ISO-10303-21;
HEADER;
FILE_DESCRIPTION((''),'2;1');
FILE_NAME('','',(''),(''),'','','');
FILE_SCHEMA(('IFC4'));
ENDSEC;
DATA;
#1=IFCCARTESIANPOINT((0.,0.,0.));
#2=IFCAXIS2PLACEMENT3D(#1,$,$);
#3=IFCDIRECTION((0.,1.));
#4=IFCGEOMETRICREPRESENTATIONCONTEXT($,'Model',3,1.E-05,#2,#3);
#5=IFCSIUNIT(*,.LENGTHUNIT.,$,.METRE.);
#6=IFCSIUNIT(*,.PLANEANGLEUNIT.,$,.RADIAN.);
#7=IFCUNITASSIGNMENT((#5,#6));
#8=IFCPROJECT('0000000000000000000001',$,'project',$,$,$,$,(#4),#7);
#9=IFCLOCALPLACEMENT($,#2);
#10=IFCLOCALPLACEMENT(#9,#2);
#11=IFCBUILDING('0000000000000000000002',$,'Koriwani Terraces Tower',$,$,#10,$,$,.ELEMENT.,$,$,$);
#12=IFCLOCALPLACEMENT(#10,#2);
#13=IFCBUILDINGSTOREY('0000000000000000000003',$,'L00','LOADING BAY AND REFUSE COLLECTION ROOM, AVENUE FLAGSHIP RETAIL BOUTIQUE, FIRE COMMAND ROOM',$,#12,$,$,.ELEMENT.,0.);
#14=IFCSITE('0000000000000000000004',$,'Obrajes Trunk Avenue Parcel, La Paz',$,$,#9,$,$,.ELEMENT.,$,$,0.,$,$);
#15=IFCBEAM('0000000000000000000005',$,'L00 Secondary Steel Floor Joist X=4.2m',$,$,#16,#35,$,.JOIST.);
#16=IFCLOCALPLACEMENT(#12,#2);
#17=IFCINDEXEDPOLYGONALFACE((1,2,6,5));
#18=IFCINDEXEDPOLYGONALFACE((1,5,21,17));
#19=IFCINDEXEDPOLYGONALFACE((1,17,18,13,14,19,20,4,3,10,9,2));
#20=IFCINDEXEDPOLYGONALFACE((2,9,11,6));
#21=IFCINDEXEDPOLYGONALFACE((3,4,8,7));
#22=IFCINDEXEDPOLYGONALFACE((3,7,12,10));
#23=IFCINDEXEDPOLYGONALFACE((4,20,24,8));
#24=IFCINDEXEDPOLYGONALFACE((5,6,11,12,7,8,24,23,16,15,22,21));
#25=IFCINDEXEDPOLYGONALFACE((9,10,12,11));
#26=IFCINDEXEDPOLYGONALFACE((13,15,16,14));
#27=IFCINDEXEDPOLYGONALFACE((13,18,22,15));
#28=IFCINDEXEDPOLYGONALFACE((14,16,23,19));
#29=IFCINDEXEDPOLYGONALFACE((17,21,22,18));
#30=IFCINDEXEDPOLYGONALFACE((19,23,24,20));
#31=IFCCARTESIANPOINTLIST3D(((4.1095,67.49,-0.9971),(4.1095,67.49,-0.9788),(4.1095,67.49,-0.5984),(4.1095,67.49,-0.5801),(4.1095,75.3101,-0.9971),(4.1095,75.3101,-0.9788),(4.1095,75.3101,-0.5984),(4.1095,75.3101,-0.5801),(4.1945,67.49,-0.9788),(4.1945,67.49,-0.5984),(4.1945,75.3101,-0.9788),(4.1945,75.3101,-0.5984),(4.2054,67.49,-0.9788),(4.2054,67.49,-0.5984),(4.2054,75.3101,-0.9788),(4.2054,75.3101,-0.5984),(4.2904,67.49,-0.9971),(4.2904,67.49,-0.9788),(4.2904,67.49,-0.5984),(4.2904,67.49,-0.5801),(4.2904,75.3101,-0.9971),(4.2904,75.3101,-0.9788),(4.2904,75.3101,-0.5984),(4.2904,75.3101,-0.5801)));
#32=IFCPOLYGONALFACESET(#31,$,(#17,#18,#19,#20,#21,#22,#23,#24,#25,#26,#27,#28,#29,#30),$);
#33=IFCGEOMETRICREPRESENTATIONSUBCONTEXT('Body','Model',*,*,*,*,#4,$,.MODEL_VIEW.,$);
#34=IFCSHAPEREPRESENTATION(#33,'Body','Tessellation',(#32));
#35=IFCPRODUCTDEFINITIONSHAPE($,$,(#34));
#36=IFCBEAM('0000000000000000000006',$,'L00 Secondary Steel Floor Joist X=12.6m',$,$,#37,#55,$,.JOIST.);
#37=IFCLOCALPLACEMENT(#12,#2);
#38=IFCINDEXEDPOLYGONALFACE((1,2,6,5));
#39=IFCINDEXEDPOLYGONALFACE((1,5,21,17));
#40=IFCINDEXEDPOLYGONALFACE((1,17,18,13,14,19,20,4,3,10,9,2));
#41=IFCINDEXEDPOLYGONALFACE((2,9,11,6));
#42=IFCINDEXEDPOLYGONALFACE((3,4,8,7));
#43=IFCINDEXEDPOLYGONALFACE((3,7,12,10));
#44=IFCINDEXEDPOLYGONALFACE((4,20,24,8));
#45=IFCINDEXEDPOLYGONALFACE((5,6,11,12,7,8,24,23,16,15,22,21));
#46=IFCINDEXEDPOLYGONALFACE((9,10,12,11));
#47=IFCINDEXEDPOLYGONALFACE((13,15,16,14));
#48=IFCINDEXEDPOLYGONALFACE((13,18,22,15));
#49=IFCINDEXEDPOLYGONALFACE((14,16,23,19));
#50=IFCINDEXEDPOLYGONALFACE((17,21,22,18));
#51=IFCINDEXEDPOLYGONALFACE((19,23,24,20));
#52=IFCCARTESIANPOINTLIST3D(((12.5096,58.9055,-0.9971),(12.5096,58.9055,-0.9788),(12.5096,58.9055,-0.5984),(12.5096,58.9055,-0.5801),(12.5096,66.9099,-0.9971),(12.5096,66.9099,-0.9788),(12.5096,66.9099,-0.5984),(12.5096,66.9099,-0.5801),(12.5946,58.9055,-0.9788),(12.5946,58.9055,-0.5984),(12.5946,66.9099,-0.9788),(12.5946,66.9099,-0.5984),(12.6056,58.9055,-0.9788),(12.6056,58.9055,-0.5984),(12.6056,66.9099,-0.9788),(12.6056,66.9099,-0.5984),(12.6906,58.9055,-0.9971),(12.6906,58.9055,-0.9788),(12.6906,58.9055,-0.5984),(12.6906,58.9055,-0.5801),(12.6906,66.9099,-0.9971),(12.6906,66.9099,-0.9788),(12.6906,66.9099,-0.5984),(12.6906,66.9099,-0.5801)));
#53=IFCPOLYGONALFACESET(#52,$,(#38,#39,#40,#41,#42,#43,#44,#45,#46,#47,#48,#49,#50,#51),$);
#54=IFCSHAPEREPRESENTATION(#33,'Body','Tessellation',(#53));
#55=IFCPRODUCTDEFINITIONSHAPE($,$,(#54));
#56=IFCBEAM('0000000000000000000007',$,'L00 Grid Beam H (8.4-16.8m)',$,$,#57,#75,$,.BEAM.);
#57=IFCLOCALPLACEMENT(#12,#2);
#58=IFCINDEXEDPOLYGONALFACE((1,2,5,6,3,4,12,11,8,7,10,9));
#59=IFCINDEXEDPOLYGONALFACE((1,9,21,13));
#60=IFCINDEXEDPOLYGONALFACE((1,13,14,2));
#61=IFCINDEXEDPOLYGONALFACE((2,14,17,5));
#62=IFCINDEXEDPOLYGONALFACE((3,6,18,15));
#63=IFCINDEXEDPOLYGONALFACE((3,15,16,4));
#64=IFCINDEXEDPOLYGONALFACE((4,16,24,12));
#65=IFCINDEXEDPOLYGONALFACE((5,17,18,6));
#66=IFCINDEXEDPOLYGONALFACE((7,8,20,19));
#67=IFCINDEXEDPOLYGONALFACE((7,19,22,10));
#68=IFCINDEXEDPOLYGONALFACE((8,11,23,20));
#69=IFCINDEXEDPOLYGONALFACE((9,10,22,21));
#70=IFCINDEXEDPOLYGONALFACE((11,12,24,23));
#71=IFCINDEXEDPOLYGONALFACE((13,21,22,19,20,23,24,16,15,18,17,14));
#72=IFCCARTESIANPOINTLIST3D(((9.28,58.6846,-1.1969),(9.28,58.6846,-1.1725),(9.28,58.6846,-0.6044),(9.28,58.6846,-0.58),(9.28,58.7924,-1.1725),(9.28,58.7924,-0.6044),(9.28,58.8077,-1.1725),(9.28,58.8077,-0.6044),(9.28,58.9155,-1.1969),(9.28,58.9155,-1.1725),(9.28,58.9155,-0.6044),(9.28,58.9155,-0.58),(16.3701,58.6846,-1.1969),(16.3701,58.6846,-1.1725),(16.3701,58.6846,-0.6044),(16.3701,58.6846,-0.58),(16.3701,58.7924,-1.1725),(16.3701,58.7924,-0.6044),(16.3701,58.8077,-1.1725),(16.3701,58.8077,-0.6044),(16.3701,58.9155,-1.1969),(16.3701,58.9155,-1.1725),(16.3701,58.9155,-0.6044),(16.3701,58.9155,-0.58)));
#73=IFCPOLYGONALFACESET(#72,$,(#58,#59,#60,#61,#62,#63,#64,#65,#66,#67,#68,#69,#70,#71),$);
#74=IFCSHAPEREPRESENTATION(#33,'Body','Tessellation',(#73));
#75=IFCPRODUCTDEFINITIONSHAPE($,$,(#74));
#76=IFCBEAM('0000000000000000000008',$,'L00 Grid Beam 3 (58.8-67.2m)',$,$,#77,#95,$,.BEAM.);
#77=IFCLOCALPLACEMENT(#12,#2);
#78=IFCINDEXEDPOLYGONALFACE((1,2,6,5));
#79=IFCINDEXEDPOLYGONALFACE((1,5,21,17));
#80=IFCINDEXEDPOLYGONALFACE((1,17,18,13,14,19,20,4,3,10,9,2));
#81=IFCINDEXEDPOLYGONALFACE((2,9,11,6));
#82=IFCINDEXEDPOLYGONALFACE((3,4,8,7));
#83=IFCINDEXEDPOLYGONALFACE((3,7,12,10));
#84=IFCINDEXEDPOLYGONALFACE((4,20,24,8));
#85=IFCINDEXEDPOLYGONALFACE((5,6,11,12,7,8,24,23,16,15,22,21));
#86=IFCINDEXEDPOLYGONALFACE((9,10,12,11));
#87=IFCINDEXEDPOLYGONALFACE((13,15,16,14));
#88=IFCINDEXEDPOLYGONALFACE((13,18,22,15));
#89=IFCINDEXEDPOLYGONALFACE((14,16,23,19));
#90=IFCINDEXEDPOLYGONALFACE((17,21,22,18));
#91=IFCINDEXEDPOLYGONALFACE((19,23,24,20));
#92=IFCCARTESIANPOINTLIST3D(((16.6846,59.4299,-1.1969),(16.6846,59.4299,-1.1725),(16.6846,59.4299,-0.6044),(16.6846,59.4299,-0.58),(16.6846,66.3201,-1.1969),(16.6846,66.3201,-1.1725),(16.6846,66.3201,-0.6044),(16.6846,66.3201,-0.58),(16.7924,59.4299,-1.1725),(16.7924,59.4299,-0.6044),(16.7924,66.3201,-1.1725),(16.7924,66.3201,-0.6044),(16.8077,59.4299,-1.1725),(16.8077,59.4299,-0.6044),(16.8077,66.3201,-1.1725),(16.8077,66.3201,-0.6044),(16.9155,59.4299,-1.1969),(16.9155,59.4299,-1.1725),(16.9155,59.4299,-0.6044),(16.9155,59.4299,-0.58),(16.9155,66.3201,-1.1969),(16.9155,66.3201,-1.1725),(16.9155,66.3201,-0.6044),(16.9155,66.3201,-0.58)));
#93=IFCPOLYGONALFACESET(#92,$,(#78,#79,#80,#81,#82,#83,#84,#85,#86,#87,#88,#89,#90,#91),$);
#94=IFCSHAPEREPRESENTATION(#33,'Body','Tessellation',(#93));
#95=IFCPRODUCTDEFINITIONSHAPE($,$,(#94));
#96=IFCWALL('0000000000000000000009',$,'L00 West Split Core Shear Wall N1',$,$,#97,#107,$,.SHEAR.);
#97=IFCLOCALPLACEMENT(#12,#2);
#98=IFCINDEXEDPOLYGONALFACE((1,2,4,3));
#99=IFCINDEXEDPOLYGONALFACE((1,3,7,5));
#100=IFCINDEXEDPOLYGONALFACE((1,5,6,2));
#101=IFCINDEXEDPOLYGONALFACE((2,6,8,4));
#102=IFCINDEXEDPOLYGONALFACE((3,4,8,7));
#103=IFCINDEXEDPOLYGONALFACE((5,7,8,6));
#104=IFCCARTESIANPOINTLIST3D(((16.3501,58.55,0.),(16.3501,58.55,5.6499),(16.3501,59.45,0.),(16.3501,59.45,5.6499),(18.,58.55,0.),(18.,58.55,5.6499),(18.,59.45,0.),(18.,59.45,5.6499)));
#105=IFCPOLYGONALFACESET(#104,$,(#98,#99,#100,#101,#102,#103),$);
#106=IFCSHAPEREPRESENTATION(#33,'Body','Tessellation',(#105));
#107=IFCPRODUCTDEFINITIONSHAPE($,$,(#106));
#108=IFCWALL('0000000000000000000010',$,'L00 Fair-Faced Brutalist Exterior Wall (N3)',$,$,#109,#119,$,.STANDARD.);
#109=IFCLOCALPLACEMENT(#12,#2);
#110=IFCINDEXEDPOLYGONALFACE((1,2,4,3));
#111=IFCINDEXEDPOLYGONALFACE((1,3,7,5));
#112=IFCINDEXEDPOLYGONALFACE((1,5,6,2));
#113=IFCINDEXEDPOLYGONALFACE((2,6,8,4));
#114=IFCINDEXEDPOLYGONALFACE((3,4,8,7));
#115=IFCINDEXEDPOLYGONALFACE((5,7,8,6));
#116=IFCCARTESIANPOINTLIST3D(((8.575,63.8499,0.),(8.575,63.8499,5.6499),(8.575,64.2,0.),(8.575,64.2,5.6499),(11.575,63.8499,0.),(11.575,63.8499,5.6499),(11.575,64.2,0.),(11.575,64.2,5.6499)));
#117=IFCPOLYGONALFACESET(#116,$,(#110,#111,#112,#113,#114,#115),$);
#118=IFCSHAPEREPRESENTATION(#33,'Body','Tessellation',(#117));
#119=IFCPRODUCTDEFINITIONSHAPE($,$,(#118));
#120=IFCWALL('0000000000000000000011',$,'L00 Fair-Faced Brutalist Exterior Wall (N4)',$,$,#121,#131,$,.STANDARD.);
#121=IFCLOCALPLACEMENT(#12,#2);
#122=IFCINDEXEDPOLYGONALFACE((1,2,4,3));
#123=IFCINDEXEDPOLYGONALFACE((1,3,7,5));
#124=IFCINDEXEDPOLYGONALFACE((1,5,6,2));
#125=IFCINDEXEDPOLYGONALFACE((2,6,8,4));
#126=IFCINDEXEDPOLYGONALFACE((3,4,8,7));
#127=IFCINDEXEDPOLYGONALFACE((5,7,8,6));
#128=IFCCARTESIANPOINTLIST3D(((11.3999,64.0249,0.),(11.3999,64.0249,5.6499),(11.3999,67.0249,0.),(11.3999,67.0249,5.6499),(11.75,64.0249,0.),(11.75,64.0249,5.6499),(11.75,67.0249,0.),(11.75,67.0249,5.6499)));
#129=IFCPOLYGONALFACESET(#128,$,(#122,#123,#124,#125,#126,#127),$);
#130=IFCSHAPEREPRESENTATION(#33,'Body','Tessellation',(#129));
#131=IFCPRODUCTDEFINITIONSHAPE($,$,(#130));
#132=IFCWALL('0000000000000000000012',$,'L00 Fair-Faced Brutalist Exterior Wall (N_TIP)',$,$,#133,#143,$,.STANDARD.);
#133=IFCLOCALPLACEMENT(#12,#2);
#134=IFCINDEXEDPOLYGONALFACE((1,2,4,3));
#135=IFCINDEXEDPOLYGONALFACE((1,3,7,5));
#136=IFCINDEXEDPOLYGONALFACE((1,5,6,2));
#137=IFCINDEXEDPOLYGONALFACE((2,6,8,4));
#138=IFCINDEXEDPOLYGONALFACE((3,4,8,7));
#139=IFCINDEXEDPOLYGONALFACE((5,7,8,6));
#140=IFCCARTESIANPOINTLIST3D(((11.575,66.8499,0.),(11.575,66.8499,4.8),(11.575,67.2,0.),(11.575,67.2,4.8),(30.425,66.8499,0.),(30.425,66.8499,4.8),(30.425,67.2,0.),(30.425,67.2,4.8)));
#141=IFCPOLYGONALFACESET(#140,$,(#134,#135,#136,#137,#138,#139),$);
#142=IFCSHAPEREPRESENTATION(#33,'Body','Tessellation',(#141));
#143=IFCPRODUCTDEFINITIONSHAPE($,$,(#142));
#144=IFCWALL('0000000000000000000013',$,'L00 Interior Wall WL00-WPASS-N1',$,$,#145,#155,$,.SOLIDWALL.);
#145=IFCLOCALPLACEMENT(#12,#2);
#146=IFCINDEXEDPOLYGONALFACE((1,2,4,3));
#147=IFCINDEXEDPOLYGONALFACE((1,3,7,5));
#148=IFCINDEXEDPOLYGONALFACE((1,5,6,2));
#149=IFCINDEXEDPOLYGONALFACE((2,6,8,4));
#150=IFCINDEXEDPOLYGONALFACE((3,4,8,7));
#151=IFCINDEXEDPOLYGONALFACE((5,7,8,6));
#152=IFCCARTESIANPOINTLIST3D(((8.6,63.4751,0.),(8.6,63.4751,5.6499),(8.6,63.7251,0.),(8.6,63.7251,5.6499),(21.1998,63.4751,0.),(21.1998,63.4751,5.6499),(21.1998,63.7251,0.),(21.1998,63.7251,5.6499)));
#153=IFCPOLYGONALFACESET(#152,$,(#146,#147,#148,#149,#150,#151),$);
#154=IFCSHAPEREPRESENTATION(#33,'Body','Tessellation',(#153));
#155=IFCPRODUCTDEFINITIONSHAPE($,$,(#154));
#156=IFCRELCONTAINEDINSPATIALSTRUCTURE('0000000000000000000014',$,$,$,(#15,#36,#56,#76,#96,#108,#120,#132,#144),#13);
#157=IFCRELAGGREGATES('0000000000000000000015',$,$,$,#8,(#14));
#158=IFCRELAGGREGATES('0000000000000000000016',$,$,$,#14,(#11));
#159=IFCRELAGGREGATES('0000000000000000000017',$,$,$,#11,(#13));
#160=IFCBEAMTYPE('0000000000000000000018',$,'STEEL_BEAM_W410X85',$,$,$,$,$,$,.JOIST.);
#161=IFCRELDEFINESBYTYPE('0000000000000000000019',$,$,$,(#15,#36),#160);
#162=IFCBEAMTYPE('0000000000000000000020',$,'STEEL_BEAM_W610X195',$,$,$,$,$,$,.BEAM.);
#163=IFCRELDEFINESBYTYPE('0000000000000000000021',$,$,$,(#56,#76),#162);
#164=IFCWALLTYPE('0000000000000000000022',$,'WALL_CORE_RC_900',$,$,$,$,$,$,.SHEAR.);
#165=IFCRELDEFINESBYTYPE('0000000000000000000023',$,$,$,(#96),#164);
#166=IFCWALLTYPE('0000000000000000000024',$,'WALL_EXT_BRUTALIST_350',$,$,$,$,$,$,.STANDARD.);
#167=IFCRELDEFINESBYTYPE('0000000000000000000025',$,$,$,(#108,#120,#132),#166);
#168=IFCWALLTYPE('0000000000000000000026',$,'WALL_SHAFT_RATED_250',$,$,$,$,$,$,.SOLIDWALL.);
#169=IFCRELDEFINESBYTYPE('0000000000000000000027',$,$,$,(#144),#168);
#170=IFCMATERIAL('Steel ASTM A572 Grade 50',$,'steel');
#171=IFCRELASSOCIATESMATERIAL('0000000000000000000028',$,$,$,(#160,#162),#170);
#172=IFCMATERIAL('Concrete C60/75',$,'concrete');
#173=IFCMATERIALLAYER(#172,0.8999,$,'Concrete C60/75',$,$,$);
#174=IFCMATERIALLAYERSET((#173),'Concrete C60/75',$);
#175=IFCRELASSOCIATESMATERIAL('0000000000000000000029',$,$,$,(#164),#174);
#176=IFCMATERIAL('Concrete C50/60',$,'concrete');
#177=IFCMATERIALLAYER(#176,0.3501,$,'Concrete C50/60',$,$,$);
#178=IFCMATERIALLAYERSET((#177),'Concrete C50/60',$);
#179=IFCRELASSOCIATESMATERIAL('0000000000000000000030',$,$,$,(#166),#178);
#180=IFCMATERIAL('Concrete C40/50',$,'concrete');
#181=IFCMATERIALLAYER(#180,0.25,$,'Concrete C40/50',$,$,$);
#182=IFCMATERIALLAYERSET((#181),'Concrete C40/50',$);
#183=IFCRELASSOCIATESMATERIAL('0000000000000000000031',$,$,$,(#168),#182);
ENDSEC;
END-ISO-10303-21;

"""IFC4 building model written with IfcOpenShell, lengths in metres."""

from ifc_helpers import new_model, si_unit, direction, frame, frame_2d, origin, origin_2d, place, context, subcontext, project, spatial, rectangle, i_section, extrude, material, layer, layer_set, material_profile, profile_set, type_object, element, save


model = new_model("IFC4")

# Units and contexts
model_context = context("Model", 3, precision=1e-05, world=origin(), true_north=direction((0.0, 1.0)))
body_context = subcontext(model_context, "Body", "Model", "MODEL_VIEW")
ifc_project = project(units=[si_unit("LENGTHUNIT", "METRE"), si_unit("PLANEANGLEUNIT", "RADIAN")], contexts=[model_context])

# Site, building, storey
site_placement = place(None, origin())
site = spatial("IfcSite", under=ifc_project, at=site_placement, Name="Obrajes Trunk Avenue Parcel, La Paz", CompositionType="ELEMENT", RefElevation=0.0)
building_placement = place(site_placement, origin())
building = spatial("IfcBuilding", under=site, at=building_placement, Name="Koriwani Terraces Tower", CompositionType="ELEMENT")
storey_placement = place(building_placement, origin())
storey = spatial("IfcBuildingStorey", under=building, at=storey_placement, Name="L00", Description="LOADING BAY AND REFUSE COLLECTION ROOM, AVENUE FLAGSHIP RETAIL BOUTIQUE, FIRE COMMAND ROOM", CompositionType="ELEMENT", Elevation=0.0)

# Shared definitions
ifc_material_1 = material(Name="Concrete C60/75", Category="concrete")

# Beams
ifc_material_2 = material(Name="Steel ASTM A572 Grade 50", Category="steel")
ifc_material_profile_1 = material_profile(ifc_material_2, i_section(OverallWidth=0.1809, OverallDepth=0.417, WebThickness=0.011, FlangeThickness=0.0183, at=origin_2d()), Name="Steel ASTM A572 Grade 50", Category="LoadBearing")
ifc_profile_set_1 = profile_set([ifc_material_profile_1], Name="Steel ASTM A572 Grade 50")
beam_type_1 = type_object("IfcBeamType", Name="STEEL_BEAM_W410X85", PredefinedType="JOIST", material=ifc_profile_set_1)
beam_1_placement = place(storey_placement, frame((4.2, 67.49, -0.7886), z_axis=(0.0, 1.0, 0.0), x_axis=(-1.0, 0.0, 0.0)))
element("IfcBeam", 1, at=beam_1_placement, inside=storey, type_object=beam_type_1, Name="L00 Secondary Steel Floor Joist X=4.2m", PredefinedType="JOIST", context=body_context, shape_type="SweptSolid", body=[
    extrude(i_section(OverallWidth=0.1809, OverallDepth=0.417, WebThickness=0.011, FlangeThickness=0.0183, at=origin_2d()), origin(), (0.0, 0.0, 1.0), 7.8201),
])
beam_2_placement = place(storey_placement, frame((12.6001, 58.9055, -0.7886), z_axis=(0.0, 1.0, 0.0), x_axis=(-1.0, 0.0, 0.0)))
element("IfcBeam", 2, at=beam_2_placement, inside=storey, type_object=beam_type_1, Name="L00 Secondary Steel Floor Joist X=12.6m", PredefinedType="JOIST", context=body_context, shape_type="SweptSolid", body=[
    extrude(i_section(OverallWidth=0.1809, OverallDepth=0.417, WebThickness=0.011, FlangeThickness=0.0183, at=origin_2d()), origin(), (0.0, 0.0, 1.0), 8.0044),
])
ifc_material_profile_2 = material_profile(ifc_material_2, i_section(OverallWidth=0.231, OverallDepth=0.6169, WebThickness=0.0154, FlangeThickness=0.0244, at=origin_2d()), Name="Steel ASTM A572 Grade 50", Category="LoadBearing")
ifc_profile_set_2 = profile_set([ifc_material_profile_2], Name="Steel ASTM A572 Grade 50")
beam_type_2 = type_object("IfcBeamType", Name="STEEL_BEAM_W610X195", PredefinedType="BEAM", material=ifc_profile_set_2)
beam_3_placement = place(storey_placement, frame((9.28, 58.8, -0.8884), z_axis=(1.0, 0.0, 0.0), x_axis=(0.0, 1.0, 0.0)))
element("IfcBeam", 3, at=beam_3_placement, inside=storey, type_object=beam_type_2, Name="L00 Grid Beam H (8.4-16.8m)", PredefinedType="BEAM", context=body_context, shape_type="SweptSolid", body=[
    extrude(i_section(OverallWidth=0.231, OverallDepth=0.6169, WebThickness=0.0154, FlangeThickness=0.0244, at=origin_2d()), origin(), (0.0, 0.0, 1.0), 7.0901),
])
beam_4_placement = place(storey_placement, frame((16.8, 59.4299, -0.8884), z_axis=(0.0, 1.0, 0.0), x_axis=(-1.0, 0.0, 0.0)))
element("IfcBeam", 4, at=beam_4_placement, inside=storey, type_object=beam_type_2, Name="L00 Grid Beam 3 (58.8-67.2m)", PredefinedType="BEAM", context=body_context, shape_type="SweptSolid", body=[
    extrude(i_section(OverallWidth=0.231, OverallDepth=0.6169, WebThickness=0.0154, FlangeThickness=0.0244, at=origin_2d()), origin(), (0.0, 0.0, 1.0), 6.8901),
])

# Walls
ifc_layer_1 = layer(ifc_material_1, 0.8999, Name="Concrete C60/75")
ifc_layer_set_1 = layer_set([ifc_layer_1], Name="Concrete C60/75")
wall_type_1 = type_object("IfcWallType", Name="WALL_CORE_RC_900", PredefinedType="SHEAR", material=ifc_layer_set_1)
wall_1_placement = place(storey_placement, frame((16.3501, 59.0, 0.0), z_axis=(0.0, 0.0, 1.0), x_axis=(1.0, 0.0, 0.0)))
element("IfcWall", 5, at=wall_1_placement, inside=storey, type_object=wall_type_1, Name="L00 West Split Core Shear Wall N1", PredefinedType="SHEAR", context=body_context, shape_type="SweptSolid", body=[
    extrude(rectangle(XDim=1.6499, YDim=0.8999, at=frame_2d((0.825, 0.0))), origin(), (0.0, 0.0, 1.0), 5.6499),
])
ifc_material_3 = material(Name="Concrete C50/60", Category="concrete")
ifc_layer_2 = layer(ifc_material_3, 0.3501, Name="Concrete C50/60")
ifc_layer_set_2 = layer_set([ifc_layer_2], Name="Concrete C50/60")
wall_type_2 = type_object("IfcWallType", Name="WALL_EXT_BRUTALIST_350", PredefinedType="STANDARD", material=ifc_layer_set_2)
for number, where, z_axis, x_axis, name in (
    (6, (8.575, 64.0249, 0.0), (0.0, 0.0, 1.0), (1.0, 0.0, 0.0), "L00 Fair-Faced Brutalist Exterior Wall (N3)"),
    (7, (11.575, 64.0249, 0.0), (0.0, 0.0, 1.0), (0.0, 1.0, 0.0), "L00 Fair-Faced Brutalist Exterior Wall (N4)"),
):
    element("IfcWall", number, at=place(storey_placement, frame(where, z_axis=z_axis, x_axis=x_axis)), inside=storey, type_object=wall_type_2, Name=name, PredefinedType="STANDARD", context=body_context, shape_type="SweptSolid", body=[
        extrude(rectangle(XDim=3.0, YDim=0.3501, at=frame_2d((1.5, 0.0))), origin(), (0.0, 0.0, 1.0), 5.6499),
    ])
wall_2_placement = place(storey_placement, frame((11.575, 67.0249, 0.0), z_axis=(0.0, 0.0, 1.0), x_axis=(1.0, 0.0, 0.0)))
element("IfcWall", 8, at=wall_2_placement, inside=storey, type_object=wall_type_2, Name="L00 Fair-Faced Brutalist Exterior Wall (N_TIP)", PredefinedType="STANDARD", context=body_context, shape_type="SweptSolid", body=[
    extrude(rectangle(XDim=18.8501, YDim=0.3501, at=frame_2d((9.425, 0.0))), origin(), (0.0, 0.0, 1.0), 4.8),
])
ifc_material_4 = material(Name="Concrete C40/50", Category="concrete")
ifc_layer_3 = layer(ifc_material_4, 0.25, Name="Concrete C40/50")
ifc_layer_set_3 = layer_set([ifc_layer_3], Name="Concrete C40/50")
wall_type_3 = type_object("IfcWallType", Name="WALL_SHAFT_RATED_250", PredefinedType="SOLIDWALL", material=ifc_layer_set_3)
wall_3_placement = place(storey_placement, frame((8.6001, 63.6001, 0.0), z_axis=(0.0, 0.0, 1.0), x_axis=(1.0, 0.0, 0.0)))
element("IfcWall", 9, at=wall_3_placement, inside=storey, type_object=wall_type_3, Name="L00 Interior Wall WL00-WPASS-N1", PredefinedType="SOLIDWALL", context=body_context, shape_type="SweptSolid", body=[
    extrude(rectangle(XDim=12.5999, YDim=0.25, at=frame_2d((6.2998, 0.0))), origin(), (0.0, 0.0, 1.0), 5.6499),
])

save(model, "model.ifc")
